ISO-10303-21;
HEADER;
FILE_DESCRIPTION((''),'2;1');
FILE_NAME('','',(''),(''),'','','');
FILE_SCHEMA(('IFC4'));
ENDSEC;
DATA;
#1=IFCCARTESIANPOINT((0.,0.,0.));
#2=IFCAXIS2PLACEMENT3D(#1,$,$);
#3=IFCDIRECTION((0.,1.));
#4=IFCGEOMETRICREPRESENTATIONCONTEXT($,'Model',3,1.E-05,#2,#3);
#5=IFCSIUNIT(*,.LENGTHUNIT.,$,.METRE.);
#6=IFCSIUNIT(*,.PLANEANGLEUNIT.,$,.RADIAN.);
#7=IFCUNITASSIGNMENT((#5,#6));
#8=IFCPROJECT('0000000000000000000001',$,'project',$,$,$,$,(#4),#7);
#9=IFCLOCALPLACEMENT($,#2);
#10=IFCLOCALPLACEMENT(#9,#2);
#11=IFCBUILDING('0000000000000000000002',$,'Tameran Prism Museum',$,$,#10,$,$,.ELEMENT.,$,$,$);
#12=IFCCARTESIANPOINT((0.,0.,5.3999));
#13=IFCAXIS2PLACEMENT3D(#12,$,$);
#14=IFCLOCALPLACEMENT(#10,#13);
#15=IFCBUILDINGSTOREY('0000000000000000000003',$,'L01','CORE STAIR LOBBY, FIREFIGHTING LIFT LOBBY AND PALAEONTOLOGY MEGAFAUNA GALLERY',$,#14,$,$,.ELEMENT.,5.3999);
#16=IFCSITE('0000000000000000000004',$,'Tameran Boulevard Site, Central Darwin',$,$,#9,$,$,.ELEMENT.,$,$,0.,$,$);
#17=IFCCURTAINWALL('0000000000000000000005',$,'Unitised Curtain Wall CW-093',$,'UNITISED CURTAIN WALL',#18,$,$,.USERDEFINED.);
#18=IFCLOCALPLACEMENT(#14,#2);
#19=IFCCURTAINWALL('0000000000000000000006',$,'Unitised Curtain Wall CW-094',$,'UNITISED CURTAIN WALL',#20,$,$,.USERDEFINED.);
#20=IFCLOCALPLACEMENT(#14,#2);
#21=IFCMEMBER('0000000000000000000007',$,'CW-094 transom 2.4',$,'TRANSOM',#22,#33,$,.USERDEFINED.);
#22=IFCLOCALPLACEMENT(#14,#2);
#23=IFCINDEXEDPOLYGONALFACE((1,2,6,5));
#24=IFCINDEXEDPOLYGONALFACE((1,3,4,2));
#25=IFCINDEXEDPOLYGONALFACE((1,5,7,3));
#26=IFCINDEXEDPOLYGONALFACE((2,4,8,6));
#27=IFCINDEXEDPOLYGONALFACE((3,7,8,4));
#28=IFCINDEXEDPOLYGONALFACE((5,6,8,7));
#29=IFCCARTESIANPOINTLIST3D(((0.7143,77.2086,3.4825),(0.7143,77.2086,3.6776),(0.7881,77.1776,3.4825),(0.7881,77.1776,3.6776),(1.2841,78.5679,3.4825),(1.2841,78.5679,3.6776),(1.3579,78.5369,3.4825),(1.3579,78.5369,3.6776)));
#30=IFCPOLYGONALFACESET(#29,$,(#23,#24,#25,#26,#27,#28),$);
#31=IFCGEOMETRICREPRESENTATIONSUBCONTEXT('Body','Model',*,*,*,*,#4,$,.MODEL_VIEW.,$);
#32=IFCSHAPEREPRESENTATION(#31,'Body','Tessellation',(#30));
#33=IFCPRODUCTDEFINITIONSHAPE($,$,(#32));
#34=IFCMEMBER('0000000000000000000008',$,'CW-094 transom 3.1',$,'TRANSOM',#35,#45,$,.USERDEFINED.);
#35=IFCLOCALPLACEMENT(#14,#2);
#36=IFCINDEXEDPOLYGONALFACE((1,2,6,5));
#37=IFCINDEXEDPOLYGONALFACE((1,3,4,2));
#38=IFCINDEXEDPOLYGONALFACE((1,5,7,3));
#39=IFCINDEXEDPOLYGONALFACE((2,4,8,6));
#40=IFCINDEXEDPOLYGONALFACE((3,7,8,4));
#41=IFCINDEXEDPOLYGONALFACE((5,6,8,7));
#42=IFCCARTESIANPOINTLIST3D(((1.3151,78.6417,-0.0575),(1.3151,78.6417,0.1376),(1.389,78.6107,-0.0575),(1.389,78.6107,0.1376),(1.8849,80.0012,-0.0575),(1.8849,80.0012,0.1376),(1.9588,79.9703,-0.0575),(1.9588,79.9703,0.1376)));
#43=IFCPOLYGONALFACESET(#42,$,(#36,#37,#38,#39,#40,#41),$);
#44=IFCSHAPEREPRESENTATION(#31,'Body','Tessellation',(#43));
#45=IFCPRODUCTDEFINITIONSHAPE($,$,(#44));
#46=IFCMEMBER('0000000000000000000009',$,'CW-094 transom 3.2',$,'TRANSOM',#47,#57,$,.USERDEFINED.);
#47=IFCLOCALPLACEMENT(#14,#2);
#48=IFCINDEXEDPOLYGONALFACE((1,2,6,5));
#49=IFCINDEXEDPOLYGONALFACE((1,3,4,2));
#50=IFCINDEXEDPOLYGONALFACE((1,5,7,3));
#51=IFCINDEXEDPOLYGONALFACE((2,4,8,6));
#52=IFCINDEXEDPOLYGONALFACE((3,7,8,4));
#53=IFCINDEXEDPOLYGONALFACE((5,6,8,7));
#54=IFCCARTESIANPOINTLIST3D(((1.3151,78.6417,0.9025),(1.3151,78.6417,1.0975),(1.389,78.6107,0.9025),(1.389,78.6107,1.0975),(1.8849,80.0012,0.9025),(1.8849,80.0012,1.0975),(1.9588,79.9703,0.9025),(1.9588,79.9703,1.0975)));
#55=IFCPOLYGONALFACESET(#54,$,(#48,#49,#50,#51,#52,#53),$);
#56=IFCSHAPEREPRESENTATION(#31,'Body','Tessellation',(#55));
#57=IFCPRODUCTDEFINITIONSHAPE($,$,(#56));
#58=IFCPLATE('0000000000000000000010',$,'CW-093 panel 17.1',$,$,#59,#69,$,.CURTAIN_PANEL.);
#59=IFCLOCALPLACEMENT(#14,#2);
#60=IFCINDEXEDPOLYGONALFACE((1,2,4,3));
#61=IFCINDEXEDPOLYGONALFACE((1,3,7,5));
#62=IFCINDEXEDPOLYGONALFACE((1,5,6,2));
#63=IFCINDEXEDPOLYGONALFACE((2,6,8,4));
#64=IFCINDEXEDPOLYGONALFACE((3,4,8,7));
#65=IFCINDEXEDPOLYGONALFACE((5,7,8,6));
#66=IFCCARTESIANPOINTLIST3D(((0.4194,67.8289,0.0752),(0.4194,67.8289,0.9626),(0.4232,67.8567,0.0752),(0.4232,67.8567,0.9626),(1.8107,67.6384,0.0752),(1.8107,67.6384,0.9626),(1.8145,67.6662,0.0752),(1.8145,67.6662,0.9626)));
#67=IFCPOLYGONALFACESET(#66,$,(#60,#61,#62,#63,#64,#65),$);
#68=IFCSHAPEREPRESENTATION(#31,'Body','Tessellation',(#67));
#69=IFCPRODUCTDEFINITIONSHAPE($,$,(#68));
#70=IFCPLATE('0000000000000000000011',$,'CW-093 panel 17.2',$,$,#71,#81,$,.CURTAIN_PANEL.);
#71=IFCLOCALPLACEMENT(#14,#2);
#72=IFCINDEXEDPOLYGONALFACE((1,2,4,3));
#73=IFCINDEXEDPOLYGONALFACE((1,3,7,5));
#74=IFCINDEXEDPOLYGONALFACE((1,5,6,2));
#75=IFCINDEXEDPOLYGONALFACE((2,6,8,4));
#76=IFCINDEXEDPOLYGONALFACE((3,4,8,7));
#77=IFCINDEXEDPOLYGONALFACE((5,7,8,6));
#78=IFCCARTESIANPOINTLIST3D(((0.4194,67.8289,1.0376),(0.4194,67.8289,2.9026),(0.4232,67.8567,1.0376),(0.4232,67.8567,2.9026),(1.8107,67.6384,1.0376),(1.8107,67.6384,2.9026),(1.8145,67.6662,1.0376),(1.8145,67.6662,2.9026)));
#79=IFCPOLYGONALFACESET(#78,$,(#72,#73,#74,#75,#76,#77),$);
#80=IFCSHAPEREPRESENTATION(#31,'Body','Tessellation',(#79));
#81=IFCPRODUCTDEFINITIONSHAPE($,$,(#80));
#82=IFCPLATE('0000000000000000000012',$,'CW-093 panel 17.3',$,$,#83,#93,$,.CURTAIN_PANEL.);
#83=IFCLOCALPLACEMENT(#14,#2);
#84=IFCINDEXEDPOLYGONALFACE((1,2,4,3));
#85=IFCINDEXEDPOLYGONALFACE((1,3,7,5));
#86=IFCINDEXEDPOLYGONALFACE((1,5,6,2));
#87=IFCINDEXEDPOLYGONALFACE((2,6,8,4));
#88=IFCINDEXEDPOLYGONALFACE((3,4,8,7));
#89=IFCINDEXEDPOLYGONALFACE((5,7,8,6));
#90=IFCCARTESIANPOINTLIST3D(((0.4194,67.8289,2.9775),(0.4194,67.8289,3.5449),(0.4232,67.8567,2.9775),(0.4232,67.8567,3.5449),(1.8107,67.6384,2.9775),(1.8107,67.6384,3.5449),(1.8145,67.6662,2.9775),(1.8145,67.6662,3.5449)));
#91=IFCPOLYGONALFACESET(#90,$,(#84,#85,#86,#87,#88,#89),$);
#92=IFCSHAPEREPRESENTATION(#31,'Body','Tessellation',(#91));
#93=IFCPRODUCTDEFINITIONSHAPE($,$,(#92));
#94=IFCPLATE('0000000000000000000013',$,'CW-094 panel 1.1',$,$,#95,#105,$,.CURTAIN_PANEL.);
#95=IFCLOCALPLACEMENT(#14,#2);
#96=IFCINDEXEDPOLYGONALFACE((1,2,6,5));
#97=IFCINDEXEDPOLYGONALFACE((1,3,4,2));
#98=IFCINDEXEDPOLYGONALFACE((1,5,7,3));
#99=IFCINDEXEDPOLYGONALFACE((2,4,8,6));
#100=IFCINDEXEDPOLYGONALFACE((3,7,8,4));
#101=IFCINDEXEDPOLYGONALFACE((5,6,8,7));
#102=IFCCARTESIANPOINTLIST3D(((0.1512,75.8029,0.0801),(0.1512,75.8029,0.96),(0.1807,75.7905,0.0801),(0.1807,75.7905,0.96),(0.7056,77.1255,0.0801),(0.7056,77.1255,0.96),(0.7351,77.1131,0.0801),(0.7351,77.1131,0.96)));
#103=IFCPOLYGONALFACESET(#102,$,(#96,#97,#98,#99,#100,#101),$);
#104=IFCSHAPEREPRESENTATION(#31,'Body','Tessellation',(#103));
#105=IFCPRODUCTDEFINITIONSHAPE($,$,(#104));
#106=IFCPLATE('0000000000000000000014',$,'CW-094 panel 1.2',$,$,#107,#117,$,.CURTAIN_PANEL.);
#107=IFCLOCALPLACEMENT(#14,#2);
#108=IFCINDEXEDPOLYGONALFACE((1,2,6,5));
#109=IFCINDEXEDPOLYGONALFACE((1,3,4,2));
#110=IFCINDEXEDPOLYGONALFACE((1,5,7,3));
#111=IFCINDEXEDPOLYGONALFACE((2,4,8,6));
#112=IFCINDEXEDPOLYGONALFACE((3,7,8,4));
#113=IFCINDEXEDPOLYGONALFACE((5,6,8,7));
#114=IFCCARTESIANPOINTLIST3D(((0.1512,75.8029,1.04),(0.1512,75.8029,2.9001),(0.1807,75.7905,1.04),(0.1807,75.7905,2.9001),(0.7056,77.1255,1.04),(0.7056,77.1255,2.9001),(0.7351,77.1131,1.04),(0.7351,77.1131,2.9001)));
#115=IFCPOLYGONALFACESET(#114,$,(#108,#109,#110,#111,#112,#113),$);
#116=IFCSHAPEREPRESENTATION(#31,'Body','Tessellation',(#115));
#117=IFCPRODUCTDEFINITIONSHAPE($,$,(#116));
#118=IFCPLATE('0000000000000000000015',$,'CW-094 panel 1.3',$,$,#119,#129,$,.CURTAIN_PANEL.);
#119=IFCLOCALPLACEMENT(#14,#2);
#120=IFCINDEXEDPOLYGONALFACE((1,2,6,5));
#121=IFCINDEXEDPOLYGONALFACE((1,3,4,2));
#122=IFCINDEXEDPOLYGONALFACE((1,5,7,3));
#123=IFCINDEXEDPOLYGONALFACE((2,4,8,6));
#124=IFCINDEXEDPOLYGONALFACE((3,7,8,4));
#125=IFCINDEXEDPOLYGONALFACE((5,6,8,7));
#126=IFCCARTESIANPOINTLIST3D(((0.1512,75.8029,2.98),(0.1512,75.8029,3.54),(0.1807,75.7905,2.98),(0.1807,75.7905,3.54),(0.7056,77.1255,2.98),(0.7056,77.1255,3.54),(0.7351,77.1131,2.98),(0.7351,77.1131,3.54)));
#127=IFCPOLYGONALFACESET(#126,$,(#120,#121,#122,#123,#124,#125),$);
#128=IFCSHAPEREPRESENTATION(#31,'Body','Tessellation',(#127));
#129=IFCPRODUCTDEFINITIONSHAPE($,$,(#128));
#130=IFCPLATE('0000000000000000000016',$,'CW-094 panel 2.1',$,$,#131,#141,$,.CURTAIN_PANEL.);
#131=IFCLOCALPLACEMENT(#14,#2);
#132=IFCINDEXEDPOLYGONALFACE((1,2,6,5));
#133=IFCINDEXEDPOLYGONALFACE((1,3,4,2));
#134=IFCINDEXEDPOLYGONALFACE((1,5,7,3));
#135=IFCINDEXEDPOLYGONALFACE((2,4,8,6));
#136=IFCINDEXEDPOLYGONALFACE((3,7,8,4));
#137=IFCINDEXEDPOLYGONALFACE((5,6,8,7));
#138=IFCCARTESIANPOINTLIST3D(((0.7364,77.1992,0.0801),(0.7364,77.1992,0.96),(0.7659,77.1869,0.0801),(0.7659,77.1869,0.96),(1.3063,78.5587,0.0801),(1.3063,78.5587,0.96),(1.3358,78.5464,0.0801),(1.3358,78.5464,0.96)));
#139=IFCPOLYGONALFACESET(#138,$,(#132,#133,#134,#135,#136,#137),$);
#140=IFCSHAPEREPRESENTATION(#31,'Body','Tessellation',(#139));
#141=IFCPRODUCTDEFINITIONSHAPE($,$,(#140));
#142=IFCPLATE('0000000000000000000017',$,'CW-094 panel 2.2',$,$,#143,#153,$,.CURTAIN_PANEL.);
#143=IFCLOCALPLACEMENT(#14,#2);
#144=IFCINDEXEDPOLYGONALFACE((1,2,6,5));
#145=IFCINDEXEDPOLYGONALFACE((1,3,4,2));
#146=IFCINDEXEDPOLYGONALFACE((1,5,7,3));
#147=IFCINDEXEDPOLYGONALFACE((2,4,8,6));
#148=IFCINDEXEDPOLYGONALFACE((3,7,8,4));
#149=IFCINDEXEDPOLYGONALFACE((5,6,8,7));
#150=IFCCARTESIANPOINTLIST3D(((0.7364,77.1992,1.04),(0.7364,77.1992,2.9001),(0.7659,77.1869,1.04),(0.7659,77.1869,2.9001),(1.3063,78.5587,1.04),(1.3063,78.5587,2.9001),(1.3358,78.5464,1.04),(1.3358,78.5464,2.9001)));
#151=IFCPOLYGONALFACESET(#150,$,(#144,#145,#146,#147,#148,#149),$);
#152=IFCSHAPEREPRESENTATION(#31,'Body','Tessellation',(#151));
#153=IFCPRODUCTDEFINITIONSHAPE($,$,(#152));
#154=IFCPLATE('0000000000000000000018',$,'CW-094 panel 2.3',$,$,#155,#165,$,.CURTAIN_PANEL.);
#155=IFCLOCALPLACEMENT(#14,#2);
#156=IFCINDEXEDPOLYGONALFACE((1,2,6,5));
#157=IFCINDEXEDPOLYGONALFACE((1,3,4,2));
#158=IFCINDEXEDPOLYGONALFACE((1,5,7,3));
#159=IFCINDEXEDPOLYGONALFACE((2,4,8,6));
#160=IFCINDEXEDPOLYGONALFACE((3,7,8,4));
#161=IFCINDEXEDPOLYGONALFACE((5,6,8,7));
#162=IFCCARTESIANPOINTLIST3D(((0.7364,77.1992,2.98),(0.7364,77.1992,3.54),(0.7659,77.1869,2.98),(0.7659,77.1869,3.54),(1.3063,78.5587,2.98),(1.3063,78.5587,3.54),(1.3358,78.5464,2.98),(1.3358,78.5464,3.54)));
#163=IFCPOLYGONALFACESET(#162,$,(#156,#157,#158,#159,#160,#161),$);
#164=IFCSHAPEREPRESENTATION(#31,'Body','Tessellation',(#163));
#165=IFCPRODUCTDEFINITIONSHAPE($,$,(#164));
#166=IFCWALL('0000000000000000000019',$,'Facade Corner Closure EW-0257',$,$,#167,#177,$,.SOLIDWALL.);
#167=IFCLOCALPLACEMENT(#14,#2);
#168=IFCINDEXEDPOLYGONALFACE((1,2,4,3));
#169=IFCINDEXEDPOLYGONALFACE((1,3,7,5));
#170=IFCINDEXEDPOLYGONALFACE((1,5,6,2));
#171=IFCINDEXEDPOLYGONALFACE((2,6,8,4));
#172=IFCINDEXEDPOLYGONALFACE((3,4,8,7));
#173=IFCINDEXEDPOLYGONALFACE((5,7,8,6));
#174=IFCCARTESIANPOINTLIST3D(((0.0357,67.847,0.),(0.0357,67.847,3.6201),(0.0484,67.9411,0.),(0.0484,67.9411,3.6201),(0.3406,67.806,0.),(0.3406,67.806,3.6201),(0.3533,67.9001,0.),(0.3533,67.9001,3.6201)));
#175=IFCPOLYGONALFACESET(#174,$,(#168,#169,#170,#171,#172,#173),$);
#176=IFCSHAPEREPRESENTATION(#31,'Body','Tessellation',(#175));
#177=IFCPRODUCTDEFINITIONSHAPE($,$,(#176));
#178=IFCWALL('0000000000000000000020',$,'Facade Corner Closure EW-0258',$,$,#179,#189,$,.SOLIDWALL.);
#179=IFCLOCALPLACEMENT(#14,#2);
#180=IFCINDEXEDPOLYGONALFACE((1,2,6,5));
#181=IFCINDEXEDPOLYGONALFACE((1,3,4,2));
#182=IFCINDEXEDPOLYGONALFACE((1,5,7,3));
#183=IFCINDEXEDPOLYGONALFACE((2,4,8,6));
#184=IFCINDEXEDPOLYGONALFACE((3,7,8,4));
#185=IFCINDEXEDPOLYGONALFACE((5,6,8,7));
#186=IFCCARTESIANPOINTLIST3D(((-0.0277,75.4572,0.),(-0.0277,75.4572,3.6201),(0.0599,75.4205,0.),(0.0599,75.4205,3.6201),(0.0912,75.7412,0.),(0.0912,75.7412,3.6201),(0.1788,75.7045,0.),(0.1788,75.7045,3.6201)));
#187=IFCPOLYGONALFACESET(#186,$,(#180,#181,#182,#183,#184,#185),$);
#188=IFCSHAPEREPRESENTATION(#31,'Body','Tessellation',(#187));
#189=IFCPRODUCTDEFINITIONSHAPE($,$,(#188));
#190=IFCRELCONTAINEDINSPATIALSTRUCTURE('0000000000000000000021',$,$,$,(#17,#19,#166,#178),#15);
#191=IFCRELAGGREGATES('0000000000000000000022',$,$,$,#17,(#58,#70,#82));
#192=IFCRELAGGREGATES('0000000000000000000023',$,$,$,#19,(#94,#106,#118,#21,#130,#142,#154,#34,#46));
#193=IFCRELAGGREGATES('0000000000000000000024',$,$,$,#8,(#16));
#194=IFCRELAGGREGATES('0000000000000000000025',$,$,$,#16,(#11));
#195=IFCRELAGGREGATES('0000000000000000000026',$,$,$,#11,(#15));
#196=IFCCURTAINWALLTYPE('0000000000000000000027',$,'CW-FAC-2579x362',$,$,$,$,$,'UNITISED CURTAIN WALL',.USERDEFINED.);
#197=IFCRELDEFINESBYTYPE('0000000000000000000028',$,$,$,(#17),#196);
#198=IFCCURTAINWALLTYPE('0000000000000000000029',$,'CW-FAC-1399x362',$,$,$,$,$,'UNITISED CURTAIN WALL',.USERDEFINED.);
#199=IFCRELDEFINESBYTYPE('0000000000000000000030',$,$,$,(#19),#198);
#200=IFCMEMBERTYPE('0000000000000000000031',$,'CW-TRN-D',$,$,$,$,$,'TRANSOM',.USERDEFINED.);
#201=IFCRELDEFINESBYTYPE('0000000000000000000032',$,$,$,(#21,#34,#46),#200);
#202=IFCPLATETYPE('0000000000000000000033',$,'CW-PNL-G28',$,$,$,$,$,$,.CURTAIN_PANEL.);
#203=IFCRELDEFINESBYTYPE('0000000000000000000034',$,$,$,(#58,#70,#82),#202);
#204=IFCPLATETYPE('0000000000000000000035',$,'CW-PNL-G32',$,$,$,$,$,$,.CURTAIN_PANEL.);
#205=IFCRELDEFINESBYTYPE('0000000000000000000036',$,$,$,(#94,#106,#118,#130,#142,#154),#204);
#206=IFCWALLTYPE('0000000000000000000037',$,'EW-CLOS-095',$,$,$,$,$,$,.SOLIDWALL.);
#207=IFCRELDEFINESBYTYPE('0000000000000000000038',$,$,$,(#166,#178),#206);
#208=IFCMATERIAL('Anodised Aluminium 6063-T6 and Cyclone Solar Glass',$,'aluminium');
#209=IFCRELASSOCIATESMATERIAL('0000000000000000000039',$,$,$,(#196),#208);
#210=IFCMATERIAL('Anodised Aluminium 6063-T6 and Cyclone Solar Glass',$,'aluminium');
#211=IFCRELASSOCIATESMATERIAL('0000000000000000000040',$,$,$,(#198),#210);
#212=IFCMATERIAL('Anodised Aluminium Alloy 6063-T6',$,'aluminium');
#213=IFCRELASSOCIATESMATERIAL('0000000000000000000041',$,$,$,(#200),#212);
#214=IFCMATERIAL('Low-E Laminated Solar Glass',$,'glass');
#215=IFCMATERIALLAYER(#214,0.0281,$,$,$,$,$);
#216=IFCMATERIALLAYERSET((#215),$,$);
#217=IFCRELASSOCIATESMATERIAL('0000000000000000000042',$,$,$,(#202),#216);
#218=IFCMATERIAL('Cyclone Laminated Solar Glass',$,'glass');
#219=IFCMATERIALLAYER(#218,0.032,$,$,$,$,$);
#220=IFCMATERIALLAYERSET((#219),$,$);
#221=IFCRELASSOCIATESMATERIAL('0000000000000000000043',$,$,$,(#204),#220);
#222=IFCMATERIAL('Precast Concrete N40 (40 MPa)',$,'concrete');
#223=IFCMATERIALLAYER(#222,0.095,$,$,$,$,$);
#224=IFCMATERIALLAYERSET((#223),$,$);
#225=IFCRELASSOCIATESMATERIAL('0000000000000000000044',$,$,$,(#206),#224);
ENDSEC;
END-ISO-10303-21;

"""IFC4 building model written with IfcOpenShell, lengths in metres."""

from ifc_helpers import new_model, si_unit, direction, frame, frame_2d, origin, origin_2d, place, context, subcontext, project, spatial, rectangle, extrude, material, layer, layer_set, material_profile, profile_set, type_object, element, aggregate, save


model = new_model("IFC4")

# Units and contexts
model_context = context("Model", 3, precision=1e-05, world=origin(), true_north=direction((0.0, 1.0)))
body_context = subcontext(model_context, "Body", "Model", "MODEL_VIEW")
ifc_project = project(units=[si_unit("LENGTHUNIT", "METRE"), si_unit("PLANEANGLEUNIT", "RADIAN")], contexts=[model_context])

# Site, building, storey
site_placement = place(None, origin())
site = spatial("IfcSite", under=ifc_project, at=site_placement, Name="Tameran Boulevard Site, Central Darwin", CompositionType="ELEMENT", RefElevation=0.0)
building_placement = place(site_placement, origin())
building = spatial("IfcBuilding", under=site, at=building_placement, Name="Tameran Prism Museum", CompositionType="ELEMENT")
storey_placement = place(building_placement, frame((0.0, 0.0, 5.3999)))
storey = spatial("IfcBuildingStorey", under=building, at=storey_placement, Name="L01", Description="CORE STAIR LOBBY, FIREFIGHTING LIFT LOBBY AND PALAEONTOLOGY MEGAFAUNA GALLERY", CompositionType="ELEMENT", Elevation=5.3999)

# Curtain wall
ifc_material_1 = material(Name="Anodised Aluminium 6063-T6 and Cyclone Solar Glass", Category="aluminium")
curtain_wall_type_1 = type_object("IfcCurtainWallType", Name="CW-FAC-2579x362", ElementType="UNITISED CURTAIN WALL", PredefinedType="USERDEFINED", material=ifc_material_1)
curtain_wall_1_placement = place(storey_placement, origin())
curtain_wall_1 = element("IfcCurtainWall", 1, at=curtain_wall_1_placement, inside=storey, type_object=curtain_wall_type_1, Name="Unitised Curtain Wall CW-093", ObjectType="UNITISED CURTAIN WALL", PredefinedType="USERDEFINED")

# Curtain wall
ifc_material_2 = material(Name="Anodised Aluminium 6063-T6 and Cyclone Solar Glass", Category="aluminium")
curtain_wall_type_2 = type_object("IfcCurtainWallType", Name="CW-FAC-1399x362", ElementType="UNITISED CURTAIN WALL", PredefinedType="USERDEFINED", material=ifc_material_2)
curtain_wall_2_placement = place(storey_placement, origin())
curtain_wall_2 = element("IfcCurtainWall", 2, at=curtain_wall_2_placement, inside=storey, type_object=curtain_wall_type_2, Name="Unitised Curtain Wall CW-094", ObjectType="UNITISED CURTAIN WALL", PredefinedType="USERDEFINED")

# Members
ifc_material_3 = material(Name="Anodised Aluminium Alloy 6063-T6", Category="aluminium")
ifc_material_profile_1 = material_profile(ifc_material_3, rectangle(XDim=0.0801, YDim=0.1951, at=origin_2d()))
ifc_profile_set_1 = profile_set([ifc_material_profile_1])
member_type_1 = type_object("IfcMemberType", Name="CW-TRN-D", ElementType="TRANSOM", PredefinedType="USERDEFINED", material=ifc_profile_set_1)
member_1_placement = place(storey_placement, frame((0.7512, 77.1931, 3.5801), z_axis=(0.38659, 0.922252, 0.0), x_axis=(-0.922252, 0.38659, 0.0)))
member_1 = element("IfcMember", 3, at=member_1_placement, type_object=member_type_1, Name="CW-094 transom 2.4", ObjectType="TRANSOM", PredefinedType="USERDEFINED", context=body_context, shape_type="SweptSolid", body=[
    extrude(rectangle(XDim=0.0801, YDim=0.1951, at=origin_2d()), origin(), (0.0, 0.0, 1.0), 1.4739),
])
member_2_placement = place(storey_placement, frame((1.3521, 78.6262, 0.04), z_axis=(0.386531, 0.922276, 0.0), x_axis=(-0.922276, 0.386531, 0.0)))
member_2 = element("IfcMember", 4, at=member_2_placement, type_object=member_type_1, Name="CW-094 transom 3.1", ObjectType="TRANSOM", PredefinedType="USERDEFINED", context=body_context, shape_type="SweptSolid", body=[
    extrude(rectangle(XDim=0.0801, YDim=0.1951, at=origin_2d()), origin(), (0.0, 0.0, 1.0), 1.4741),
])
member_3_placement = place(storey_placement, frame((1.3521, 78.6262, 1.0), z_axis=(0.386531, 0.922276, 0.0), x_axis=(-0.922276, 0.386531, 0.0)))
member_3 = element("IfcMember", 5, at=member_3_placement, type_object=member_type_1, Name="CW-094 transom 3.2", ObjectType="TRANSOM", PredefinedType="USERDEFINED", context=body_context, shape_type="SweptSolid", body=[
    extrude(rectangle(XDim=0.0801, YDim=0.1951, at=origin_2d()), origin(), (0.0, 0.0, 1.0), 1.4741),
])

# Plates
ifc_material_4 = material(Name="Low-E Laminated Solar Glass", Category="glass")
ifc_layer_1 = layer(ifc_material_4, 0.0281)
ifc_layer_set_1 = layer_set([ifc_layer_1])
plate_type_1 = type_object("IfcPlateType", Name="CW-PNL-G28", PredefinedType="CURTAIN_PANEL", material=ifc_layer_set_1)
plate_1_placement = place(storey_placement, frame((1.1169, 67.7476, 0.0752), z_axis=(0.0, 0.0, 1.0), x_axis=(-0.990756, 0.135658, 0.0)))
plate_1 = element("IfcPlate", 6, at=plate_1_placement, type_object=plate_type_1, Name="CW-093 panel 17.1", PredefinedType="CURTAIN_PANEL", context=body_context, shape_type="SweptSolid", body=[
    extrude(rectangle(XDim=1.4043, YDim=0.0281, at=origin_2d()), origin(), (0.0, 0.0, 1.0), 0.8875),
])
plate_2_placement = place(storey_placement, frame((1.1169, 67.7476, 1.0376), z_axis=(0.0, 0.0, 1.0), x_axis=(-0.990756, 0.135658, 0.0)))
plate_2 = element("IfcPlate", 7, at=plate_2_placement, type_object=plate_type_1, Name="CW-093 panel 17.2", PredefinedType="CURTAIN_PANEL", context=body_context, shape_type="SweptSolid", body=[
    extrude(rectangle(XDim=1.4043, YDim=0.0281, at=origin_2d()), origin(), (0.0, 0.0, 1.0), 1.865),
])
plate_3_placement = place(storey_placement, frame((1.1169, 67.7476, 2.9775), z_axis=(0.0, 0.0, 1.0), x_axis=(-0.990756, 0.135658, 0.0)))
plate_3 = element("IfcPlate", 8, at=plate_3_placement, type_object=plate_type_1, Name="CW-093 panel 17.3", PredefinedType="CURTAIN_PANEL", context=body_context, shape_type="SweptSolid", body=[
    extrude(rectangle(XDim=1.4043, YDim=0.0281, at=origin_2d()), origin(), (0.0, 0.0, 1.0), 0.5674),
])
aggregate(curtain_wall_1, [plate_1, plate_2, plate_3])
ifc_material_5 = material(Name="Cyclone Laminated Solar Glass", Category="glass")
ifc_layer_2 = layer(ifc_material_5, 0.032)
ifc_layer_set_2 = layer_set([ifc_layer_2])
plate_type_2 = type_object("IfcPlateType", Name="CW-PNL-G32", PredefinedType="CURTAIN_PANEL", material=ifc_layer_set_2)
plate_4_placement = place(storey_placement, frame((0.4431, 76.458, 0.0801), z_axis=(0.0, 0.0, 1.0), x_axis=(0.386589, 0.922252, 0.0)))
plate_4 = element("IfcPlate", 9, at=plate_4_placement, type_object=plate_type_2, Name="CW-094 panel 1.1", PredefinedType="CURTAIN_PANEL", context=body_context, shape_type="SweptSolid", body=[
    extrude(rectangle(XDim=1.4341, YDim=0.032, at=origin_2d()), origin(), (0.0, 0.0, 1.0), 0.8799),
])
plate_5_placement = place(storey_placement, frame((0.4431, 76.458, 1.04), z_axis=(0.0, 0.0, 1.0), x_axis=(0.386589, 0.922252, 0.0)))
plate_5 = element("IfcPlate", 10, at=plate_5_placement, type_object=plate_type_2, Name="CW-094 panel 1.2", PredefinedType="CURTAIN_PANEL", context=body_context, shape_type="SweptSolid", body=[
    extrude(rectangle(XDim=1.4341, YDim=0.032, at=origin_2d()), origin(), (0.0, 0.0, 1.0), 1.8601),
])
plate_6_placement = place(storey_placement, frame((0.4431, 76.458, 2.98), z_axis=(0.0, 0.0, 1.0), x_axis=(0.386589, 0.922252, 0.0)))
plate_6 = element("IfcPlate", 11, at=plate_6_placement, type_object=plate_type_2, Name="CW-094 panel 1.3", PredefinedType="CURTAIN_PANEL", context=body_context, shape_type="SweptSolid", body=[
    extrude(rectangle(XDim=1.4341, YDim=0.032, at=origin_2d()), origin(), (0.0, 0.0, 1.0), 0.5601),
])
plate_7_placement = place(storey_placement, frame((1.0361, 77.8728, 0.0801), z_axis=(0.0, 0.0, 1.0), x_axis=(0.386589, 0.922252, 0.0)))
plate_7 = element("IfcPlate", 12, at=plate_7_placement, type_object=plate_type_2, Name="CW-094 panel 2.1", PredefinedType="CURTAIN_PANEL", context=body_context, shape_type="SweptSolid", body=[
    extrude(rectangle(XDim=1.4741, YDim=0.032, at=origin_2d()), origin(), (0.0, 0.0, 1.0), 0.8799),
])
plate_8_placement = place(storey_placement, frame((1.0361, 77.8728, 1.04), z_axis=(0.0, 0.0, 1.0), x_axis=(0.386589, 0.922252, 0.0)))
plate_8 = element("IfcPlate", 13, at=plate_8_placement, type_object=plate_type_2, Name="CW-094 panel 2.2", PredefinedType="CURTAIN_PANEL", context=body_context, shape_type="SweptSolid", body=[
    extrude(rectangle(XDim=1.4741, YDim=0.032, at=origin_2d()), origin(), (0.0, 0.0, 1.0), 1.8601),
])
plate_9_placement = place(storey_placement, frame((1.0361, 77.8728, 2.98), z_axis=(0.0, 0.0, 1.0), x_axis=(0.386589, 0.922252, 0.0)))
plate_9 = element("IfcPlate", 14, at=plate_9_placement, type_object=plate_type_2, Name="CW-094 panel 2.3", PredefinedType="CURTAIN_PANEL", context=body_context, shape_type="SweptSolid", body=[
    extrude(rectangle(XDim=1.4741, YDim=0.032, at=origin_2d()), origin(), (0.0, 0.0, 1.0), 0.5601),
])
aggregate(curtain_wall_2, [plate_4, plate_5, plate_6, member_1, plate_7, plate_8, plate_9, member_2, member_3])

# Walls
ifc_material_6 = material(Name="Precast Concrete N40 (40 MPa)", Category="concrete")
ifc_layer_3 = layer(ifc_material_6, 0.095)
ifc_layer_set_3 = layer_set([ifc_layer_3])
wall_type_1 = type_object("IfcWallType", Name="EW-CLOS-095", PredefinedType="SOLIDWALL", material=ifc_layer_set_3)
wall_1_placement = place(storey_placement, frame((0.3469, 67.853, 0.0), z_axis=(0.0, 0.0, 1.0), x_axis=(-0.991075, 0.133307, 0.0)))
element("IfcWall", 15, at=wall_1_placement, inside=storey, type_object=wall_type_1, Name="Facade Corner Closure EW-0257", PredefinedType="SOLIDWALL", context=body_context, shape_type="SweptSolid", body=[
    extrude(rectangle(XDim=0.3076, YDim=0.095, at=frame_2d((0.1538, 0.0))), origin(), (0.0, 0.0, 1.0), 3.6201),
])
wall_2_placement = place(storey_placement, frame((0.0161, 75.439, 0.0), z_axis=(0.0, 0.0, 1.0), x_axis=(0.386248, 0.922395, 0.0)))
element("IfcWall", 16, at=wall_2_placement, inside=storey, type_object=wall_type_1, Name="Facade Corner Closure EW-0258", PredefinedType="SOLIDWALL", context=body_context, shape_type="SweptSolid", body=[
    extrude(rectangle(XDim=0.3079, YDim=0.095, at=frame_2d((0.1538, 0.0))), origin(), (0.0, 0.0, 1.0), 3.6201),
])

save(model, "model.ifc")
